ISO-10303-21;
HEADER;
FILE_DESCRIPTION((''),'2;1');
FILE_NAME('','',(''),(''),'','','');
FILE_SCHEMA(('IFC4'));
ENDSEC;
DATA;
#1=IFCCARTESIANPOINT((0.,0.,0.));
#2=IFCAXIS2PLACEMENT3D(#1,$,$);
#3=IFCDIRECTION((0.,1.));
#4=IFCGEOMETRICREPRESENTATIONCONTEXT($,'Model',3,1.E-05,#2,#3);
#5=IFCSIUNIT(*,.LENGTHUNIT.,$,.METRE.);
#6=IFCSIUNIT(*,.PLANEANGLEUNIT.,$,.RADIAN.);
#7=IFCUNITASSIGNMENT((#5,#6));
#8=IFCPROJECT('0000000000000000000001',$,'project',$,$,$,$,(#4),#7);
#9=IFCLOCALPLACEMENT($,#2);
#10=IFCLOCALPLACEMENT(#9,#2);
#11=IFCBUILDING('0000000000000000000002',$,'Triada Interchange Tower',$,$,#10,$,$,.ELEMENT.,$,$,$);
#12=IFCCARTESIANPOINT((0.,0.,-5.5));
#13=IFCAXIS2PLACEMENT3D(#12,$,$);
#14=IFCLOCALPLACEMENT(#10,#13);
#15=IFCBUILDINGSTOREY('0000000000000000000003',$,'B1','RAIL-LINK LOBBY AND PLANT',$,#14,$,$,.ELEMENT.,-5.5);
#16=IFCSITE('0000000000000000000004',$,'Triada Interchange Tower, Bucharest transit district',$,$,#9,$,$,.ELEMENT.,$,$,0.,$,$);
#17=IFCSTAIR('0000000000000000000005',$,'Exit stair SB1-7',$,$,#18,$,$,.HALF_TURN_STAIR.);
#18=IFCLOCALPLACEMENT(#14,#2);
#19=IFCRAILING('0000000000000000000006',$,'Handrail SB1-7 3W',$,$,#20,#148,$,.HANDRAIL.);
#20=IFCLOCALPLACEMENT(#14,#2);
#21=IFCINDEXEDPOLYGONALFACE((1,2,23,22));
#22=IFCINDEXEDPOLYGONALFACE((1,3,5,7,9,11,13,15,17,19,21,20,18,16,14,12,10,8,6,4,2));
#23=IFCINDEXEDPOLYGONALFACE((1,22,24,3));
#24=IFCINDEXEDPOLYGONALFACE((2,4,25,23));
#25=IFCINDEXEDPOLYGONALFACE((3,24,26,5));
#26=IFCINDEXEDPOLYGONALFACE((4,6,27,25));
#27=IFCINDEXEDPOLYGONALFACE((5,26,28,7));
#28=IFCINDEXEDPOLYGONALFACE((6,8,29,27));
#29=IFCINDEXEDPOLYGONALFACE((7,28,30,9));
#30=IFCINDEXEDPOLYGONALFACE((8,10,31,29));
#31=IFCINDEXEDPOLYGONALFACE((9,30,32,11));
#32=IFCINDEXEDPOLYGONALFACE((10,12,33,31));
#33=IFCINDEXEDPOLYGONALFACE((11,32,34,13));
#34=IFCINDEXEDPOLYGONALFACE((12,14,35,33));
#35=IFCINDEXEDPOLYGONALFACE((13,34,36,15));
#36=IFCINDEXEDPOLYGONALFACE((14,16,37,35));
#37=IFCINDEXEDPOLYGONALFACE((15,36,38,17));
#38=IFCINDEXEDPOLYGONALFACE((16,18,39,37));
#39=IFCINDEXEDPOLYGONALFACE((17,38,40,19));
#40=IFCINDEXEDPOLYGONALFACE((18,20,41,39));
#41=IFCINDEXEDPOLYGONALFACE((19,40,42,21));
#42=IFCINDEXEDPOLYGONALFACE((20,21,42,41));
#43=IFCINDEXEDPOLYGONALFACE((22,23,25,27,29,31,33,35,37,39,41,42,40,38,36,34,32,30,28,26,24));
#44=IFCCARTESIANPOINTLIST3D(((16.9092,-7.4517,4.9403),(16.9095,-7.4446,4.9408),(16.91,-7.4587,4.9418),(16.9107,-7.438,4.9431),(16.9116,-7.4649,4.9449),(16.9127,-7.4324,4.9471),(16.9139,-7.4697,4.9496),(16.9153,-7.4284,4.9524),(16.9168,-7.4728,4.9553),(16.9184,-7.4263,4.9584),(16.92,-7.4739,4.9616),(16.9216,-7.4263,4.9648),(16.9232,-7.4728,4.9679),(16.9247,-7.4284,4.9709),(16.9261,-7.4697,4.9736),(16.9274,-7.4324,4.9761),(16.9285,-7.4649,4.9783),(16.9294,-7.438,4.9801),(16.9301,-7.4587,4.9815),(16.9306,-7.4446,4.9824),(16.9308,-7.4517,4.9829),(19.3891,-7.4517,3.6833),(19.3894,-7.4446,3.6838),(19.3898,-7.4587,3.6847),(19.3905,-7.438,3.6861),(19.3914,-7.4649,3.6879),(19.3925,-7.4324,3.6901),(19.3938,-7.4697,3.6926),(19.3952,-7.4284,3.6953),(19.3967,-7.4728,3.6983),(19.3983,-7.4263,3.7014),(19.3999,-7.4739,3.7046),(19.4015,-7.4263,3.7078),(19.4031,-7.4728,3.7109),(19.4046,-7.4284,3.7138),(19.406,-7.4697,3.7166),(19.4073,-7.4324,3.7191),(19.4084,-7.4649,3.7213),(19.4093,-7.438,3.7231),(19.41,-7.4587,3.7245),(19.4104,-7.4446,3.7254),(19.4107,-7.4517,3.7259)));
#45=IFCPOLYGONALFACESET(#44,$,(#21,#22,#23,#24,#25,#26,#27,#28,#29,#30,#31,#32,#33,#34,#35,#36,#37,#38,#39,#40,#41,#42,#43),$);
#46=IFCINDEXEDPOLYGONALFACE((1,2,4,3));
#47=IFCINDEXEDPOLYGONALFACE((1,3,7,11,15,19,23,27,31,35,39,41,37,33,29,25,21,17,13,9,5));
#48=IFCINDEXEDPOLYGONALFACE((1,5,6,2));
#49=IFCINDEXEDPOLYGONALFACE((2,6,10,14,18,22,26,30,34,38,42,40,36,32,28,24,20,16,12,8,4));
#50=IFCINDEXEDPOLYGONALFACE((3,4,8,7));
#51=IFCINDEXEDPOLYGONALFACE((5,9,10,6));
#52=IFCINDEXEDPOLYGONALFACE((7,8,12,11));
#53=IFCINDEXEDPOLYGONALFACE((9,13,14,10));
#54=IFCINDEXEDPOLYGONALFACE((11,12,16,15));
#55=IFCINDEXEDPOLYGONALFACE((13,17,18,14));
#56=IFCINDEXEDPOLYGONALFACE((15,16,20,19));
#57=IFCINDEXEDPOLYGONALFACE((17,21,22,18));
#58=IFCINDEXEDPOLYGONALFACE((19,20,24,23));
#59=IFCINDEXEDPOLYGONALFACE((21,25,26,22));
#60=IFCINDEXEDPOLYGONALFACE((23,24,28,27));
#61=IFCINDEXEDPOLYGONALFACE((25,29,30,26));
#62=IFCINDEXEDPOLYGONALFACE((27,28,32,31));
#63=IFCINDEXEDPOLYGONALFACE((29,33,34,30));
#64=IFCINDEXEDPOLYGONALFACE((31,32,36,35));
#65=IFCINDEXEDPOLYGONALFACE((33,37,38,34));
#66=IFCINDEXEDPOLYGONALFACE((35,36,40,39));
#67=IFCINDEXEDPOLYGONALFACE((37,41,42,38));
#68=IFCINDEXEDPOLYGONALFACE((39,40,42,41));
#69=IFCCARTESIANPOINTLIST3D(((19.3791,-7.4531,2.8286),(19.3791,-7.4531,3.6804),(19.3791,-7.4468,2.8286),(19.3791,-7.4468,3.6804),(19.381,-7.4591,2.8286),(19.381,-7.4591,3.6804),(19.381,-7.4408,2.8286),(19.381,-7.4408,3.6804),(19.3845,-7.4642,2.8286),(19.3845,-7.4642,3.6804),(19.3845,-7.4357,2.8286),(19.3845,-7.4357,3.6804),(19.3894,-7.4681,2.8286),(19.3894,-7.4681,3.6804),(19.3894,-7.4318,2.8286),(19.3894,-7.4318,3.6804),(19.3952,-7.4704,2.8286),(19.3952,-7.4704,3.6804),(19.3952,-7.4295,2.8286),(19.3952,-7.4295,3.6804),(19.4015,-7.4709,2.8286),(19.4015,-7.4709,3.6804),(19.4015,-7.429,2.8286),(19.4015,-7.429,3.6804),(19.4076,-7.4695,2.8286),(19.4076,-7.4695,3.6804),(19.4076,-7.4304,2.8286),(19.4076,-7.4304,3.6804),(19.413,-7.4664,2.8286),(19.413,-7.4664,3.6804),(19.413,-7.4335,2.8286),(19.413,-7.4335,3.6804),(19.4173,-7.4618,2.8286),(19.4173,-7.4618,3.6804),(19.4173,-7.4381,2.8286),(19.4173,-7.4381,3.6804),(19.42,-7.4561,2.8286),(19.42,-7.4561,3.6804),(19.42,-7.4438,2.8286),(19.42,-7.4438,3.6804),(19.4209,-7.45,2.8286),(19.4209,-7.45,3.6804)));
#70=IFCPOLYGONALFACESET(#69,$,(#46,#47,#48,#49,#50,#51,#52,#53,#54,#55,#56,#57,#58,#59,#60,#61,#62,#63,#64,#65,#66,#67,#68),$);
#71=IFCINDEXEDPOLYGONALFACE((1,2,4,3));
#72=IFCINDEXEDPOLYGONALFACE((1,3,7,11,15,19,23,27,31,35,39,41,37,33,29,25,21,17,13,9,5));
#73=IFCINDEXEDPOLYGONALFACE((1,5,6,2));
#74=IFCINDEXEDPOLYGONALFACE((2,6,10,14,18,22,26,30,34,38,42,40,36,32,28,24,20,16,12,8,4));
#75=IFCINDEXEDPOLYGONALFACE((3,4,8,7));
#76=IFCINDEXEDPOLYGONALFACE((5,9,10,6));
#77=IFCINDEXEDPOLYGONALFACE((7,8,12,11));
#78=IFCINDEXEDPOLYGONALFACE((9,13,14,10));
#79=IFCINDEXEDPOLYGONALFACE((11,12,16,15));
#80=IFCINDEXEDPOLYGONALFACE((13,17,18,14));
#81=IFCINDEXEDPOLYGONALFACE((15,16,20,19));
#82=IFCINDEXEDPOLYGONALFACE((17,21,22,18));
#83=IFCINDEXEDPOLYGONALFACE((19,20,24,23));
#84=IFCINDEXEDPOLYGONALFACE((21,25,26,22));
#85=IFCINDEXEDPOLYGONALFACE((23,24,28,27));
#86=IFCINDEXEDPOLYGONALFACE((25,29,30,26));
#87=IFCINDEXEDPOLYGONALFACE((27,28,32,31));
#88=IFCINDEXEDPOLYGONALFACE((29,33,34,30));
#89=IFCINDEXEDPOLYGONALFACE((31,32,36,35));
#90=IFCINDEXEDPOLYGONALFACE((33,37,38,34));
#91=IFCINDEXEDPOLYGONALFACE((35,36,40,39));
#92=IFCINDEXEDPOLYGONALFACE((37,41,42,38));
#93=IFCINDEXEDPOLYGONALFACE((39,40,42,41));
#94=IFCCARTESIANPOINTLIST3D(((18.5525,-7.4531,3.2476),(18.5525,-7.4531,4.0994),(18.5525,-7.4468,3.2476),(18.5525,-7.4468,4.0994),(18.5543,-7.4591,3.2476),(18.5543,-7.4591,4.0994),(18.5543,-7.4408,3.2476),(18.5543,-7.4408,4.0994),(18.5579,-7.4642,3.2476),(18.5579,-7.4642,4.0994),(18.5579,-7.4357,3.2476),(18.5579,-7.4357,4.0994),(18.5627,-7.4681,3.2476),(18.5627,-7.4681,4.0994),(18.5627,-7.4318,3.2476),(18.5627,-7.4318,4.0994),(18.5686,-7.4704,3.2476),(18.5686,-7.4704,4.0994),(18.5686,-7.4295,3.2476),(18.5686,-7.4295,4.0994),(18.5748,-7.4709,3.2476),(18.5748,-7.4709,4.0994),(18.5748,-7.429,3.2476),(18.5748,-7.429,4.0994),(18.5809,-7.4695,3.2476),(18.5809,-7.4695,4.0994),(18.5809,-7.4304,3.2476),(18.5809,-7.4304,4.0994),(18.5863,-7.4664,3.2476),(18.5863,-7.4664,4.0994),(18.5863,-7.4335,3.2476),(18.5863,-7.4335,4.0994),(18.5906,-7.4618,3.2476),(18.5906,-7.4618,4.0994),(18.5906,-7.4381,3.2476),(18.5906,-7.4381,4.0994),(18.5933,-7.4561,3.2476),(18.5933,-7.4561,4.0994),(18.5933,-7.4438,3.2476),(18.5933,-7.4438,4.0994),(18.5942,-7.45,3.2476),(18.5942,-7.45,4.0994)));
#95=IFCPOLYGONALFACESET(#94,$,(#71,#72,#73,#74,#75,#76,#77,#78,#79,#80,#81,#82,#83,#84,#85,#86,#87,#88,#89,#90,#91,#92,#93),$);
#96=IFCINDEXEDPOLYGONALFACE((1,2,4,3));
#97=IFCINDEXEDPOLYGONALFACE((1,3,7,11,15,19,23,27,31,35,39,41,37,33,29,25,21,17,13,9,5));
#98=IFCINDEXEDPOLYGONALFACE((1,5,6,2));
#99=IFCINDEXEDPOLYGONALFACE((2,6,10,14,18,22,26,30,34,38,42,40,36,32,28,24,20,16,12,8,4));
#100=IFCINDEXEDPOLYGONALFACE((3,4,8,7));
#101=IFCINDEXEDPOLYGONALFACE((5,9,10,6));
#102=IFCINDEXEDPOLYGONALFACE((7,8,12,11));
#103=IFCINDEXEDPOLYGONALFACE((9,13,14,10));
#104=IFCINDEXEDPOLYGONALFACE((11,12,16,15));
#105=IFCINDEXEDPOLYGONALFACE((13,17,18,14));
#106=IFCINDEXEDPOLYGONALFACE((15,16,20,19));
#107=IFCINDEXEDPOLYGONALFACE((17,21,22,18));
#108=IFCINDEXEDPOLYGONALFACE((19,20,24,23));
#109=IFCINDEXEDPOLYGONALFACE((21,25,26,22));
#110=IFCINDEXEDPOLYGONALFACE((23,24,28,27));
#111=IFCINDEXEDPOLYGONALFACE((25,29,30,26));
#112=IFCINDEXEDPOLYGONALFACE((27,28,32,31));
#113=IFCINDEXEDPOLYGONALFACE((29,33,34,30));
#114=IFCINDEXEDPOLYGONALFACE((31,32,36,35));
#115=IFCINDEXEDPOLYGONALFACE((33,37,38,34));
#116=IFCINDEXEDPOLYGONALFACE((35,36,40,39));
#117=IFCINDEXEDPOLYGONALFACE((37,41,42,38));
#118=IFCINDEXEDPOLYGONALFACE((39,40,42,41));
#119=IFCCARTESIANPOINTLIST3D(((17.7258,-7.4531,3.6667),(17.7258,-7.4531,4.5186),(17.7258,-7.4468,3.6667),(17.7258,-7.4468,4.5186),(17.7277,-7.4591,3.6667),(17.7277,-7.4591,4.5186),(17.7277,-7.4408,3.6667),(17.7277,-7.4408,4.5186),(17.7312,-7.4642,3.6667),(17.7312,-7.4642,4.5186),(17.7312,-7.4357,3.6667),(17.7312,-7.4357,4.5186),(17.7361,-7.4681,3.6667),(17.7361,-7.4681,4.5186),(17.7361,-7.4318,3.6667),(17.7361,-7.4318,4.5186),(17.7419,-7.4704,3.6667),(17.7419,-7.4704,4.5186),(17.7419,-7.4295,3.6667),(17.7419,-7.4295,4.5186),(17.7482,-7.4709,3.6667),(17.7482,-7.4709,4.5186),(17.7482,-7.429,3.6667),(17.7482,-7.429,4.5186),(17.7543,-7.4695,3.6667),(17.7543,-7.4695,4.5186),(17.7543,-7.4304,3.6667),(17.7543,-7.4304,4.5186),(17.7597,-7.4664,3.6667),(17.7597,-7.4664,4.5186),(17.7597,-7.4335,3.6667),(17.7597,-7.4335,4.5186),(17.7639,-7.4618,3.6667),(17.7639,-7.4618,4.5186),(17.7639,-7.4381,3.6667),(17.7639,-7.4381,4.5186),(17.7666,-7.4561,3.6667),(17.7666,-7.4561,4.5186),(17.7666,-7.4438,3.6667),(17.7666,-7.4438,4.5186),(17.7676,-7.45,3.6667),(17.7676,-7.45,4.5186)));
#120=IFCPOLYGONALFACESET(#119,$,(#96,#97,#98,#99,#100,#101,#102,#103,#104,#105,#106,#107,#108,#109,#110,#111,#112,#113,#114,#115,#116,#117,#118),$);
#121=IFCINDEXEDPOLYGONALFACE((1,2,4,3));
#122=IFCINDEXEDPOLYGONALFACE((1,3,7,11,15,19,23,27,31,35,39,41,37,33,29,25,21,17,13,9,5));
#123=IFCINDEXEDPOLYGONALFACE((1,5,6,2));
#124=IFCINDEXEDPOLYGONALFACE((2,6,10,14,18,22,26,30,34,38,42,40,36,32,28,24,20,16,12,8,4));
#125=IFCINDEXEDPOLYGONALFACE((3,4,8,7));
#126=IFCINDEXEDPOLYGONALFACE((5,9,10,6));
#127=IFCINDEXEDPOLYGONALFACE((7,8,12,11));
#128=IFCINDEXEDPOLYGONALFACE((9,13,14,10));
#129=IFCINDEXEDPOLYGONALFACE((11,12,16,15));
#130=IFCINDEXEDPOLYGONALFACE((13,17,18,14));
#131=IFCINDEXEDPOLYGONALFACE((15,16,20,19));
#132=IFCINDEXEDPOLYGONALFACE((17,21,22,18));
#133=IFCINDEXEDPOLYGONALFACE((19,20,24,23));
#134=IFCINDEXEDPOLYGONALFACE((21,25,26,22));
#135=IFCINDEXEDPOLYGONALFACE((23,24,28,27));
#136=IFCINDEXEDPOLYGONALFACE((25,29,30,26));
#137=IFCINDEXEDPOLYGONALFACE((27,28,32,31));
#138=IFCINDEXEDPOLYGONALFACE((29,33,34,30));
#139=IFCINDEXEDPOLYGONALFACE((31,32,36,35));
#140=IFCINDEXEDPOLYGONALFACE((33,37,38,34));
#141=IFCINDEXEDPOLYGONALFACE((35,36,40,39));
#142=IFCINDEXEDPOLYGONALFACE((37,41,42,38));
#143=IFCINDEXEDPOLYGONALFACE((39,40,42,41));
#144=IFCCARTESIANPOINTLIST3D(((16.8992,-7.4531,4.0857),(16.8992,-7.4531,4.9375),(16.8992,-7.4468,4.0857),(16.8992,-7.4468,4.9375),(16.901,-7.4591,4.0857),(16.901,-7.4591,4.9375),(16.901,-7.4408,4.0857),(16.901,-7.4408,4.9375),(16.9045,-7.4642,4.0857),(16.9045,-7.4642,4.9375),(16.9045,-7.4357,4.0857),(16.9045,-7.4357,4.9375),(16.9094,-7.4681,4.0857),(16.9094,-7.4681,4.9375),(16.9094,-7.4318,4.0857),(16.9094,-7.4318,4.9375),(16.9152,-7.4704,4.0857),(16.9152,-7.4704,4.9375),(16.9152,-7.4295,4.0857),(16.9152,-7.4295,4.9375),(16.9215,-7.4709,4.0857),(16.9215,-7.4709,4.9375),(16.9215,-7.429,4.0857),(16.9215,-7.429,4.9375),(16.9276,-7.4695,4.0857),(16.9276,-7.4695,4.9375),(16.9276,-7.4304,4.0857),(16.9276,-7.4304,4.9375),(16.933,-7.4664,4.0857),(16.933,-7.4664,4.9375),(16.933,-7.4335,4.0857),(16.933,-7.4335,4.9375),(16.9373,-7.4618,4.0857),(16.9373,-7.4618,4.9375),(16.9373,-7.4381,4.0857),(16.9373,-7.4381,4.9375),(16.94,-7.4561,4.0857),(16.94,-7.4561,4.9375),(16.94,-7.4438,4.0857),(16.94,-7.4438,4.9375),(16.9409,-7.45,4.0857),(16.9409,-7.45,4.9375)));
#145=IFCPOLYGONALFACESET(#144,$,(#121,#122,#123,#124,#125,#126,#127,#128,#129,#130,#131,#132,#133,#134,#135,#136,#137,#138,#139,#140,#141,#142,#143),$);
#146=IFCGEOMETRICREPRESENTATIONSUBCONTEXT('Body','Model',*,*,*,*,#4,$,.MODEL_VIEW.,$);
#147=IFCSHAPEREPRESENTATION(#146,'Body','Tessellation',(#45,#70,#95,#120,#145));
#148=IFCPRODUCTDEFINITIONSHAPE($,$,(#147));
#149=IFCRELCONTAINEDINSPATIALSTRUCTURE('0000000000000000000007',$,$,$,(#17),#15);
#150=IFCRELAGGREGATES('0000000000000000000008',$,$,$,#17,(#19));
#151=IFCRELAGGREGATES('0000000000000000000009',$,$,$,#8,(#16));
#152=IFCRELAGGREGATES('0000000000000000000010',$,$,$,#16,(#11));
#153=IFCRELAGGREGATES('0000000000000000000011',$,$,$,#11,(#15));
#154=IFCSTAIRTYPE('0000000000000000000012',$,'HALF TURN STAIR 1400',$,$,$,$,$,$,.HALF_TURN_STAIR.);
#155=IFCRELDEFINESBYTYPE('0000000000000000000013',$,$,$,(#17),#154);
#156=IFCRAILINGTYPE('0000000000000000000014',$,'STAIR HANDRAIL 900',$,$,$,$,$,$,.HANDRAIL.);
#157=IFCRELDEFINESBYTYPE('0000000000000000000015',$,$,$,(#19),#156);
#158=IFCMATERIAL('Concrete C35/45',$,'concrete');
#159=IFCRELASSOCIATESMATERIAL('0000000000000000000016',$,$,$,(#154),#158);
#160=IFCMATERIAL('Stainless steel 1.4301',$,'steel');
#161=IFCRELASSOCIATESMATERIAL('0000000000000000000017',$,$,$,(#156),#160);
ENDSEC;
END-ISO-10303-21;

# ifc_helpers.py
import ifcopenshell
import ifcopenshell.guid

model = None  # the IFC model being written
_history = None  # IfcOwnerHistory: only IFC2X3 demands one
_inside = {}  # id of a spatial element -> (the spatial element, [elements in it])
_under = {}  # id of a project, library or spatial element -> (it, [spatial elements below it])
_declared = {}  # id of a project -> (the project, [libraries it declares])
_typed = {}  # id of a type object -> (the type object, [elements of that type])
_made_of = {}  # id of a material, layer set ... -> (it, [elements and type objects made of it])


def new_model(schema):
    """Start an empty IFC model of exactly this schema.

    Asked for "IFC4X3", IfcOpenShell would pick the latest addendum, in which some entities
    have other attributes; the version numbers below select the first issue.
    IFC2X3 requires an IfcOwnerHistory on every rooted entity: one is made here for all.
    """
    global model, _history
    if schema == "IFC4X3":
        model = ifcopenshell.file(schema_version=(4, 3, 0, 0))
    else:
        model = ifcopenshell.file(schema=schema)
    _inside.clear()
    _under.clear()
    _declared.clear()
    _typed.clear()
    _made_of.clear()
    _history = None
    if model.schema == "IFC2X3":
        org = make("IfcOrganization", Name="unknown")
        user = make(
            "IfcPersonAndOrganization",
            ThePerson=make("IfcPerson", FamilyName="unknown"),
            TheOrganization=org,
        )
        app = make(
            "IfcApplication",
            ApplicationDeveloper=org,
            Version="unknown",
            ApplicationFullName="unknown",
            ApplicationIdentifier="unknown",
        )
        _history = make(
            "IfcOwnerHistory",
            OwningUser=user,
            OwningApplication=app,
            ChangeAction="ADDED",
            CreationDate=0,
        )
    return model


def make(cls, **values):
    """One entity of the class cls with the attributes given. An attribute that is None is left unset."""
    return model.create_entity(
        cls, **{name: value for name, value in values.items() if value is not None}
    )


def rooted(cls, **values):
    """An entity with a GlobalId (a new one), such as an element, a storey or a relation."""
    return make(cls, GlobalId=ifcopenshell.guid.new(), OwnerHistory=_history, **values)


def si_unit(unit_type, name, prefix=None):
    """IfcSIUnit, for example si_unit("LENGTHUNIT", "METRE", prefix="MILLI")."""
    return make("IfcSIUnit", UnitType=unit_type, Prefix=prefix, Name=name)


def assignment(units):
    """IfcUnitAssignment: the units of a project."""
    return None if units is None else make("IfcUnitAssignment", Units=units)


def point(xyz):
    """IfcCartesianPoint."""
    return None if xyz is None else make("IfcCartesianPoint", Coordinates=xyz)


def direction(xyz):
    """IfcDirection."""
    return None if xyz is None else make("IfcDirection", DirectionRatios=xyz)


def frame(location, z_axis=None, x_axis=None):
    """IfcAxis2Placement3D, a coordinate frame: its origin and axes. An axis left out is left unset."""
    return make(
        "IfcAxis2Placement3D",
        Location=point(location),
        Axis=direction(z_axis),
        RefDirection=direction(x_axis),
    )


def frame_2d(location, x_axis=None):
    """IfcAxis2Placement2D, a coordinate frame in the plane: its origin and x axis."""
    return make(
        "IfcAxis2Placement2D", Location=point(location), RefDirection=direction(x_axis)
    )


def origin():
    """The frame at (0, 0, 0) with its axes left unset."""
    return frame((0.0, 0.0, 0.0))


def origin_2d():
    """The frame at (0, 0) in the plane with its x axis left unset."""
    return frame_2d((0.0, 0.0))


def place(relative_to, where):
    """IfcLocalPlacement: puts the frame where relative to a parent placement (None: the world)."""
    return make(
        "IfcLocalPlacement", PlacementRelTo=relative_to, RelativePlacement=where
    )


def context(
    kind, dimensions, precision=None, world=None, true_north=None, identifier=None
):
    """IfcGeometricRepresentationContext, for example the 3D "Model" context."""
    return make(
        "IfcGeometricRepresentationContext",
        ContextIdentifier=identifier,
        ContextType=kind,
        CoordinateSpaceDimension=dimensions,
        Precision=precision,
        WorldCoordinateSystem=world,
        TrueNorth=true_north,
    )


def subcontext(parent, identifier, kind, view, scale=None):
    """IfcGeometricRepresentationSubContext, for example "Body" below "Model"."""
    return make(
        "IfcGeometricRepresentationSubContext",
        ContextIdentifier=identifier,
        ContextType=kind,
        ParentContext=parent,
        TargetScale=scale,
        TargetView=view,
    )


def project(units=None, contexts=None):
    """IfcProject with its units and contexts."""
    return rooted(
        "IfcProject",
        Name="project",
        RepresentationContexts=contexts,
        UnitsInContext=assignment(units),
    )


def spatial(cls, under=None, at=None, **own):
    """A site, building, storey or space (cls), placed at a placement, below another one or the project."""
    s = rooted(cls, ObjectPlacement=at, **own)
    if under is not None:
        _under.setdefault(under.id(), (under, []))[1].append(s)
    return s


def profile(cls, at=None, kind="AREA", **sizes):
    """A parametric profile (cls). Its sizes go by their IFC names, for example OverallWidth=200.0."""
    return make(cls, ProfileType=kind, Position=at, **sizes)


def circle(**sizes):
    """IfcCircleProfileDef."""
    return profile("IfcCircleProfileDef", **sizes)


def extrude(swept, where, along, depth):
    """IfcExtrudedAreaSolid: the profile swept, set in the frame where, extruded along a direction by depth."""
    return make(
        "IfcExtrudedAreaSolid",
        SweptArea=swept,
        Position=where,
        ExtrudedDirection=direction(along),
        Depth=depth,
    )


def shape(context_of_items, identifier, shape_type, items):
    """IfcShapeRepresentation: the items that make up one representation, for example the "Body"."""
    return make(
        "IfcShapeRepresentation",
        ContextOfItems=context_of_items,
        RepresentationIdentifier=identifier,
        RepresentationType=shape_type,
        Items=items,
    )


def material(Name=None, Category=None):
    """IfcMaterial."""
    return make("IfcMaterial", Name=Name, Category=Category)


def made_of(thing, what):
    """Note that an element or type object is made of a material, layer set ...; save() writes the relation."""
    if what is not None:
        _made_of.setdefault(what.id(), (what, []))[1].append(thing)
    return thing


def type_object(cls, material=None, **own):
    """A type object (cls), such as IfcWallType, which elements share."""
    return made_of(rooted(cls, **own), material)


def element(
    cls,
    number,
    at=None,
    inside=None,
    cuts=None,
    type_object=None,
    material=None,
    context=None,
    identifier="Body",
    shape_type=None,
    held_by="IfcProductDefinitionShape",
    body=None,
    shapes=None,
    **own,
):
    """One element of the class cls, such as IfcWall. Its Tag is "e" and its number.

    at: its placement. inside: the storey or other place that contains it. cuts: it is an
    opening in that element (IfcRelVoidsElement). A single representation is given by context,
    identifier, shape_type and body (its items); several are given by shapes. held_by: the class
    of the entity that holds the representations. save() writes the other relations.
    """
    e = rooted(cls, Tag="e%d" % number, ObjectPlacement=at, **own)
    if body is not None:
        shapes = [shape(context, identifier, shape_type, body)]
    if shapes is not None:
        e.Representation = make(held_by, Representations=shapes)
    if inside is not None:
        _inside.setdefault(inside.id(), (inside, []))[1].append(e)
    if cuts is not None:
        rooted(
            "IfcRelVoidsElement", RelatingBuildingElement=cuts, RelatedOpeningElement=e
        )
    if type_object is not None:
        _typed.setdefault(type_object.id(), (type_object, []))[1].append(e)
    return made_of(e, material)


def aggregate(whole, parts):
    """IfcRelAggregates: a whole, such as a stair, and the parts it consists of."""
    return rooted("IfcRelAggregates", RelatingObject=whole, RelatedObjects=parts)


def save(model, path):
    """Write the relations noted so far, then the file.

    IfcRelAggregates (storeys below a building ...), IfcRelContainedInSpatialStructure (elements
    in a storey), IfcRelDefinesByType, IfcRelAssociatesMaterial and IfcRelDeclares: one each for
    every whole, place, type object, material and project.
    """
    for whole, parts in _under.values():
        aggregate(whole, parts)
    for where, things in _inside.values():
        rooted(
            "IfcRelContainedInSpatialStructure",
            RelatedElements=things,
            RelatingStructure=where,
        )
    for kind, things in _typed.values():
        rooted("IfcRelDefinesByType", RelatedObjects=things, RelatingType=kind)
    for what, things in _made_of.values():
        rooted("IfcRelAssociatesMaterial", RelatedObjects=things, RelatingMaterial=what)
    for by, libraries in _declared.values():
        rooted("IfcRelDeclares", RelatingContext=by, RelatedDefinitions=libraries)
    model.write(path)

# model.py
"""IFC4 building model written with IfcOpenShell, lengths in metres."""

from ifc_helpers import new_model, si_unit, direction, frame, origin, origin_2d, place, context, subcontext, project, spatial, circle, extrude, material, type_object, element, aggregate, save


model = new_model("IFC4")

# Units and contexts
model_context = context("Model", 3, precision=1e-05, world=origin(), true_north=direction((0.0, 1.0)))
body_context = subcontext(model_context, "Body", "Model", "MODEL_VIEW")
ifc_project = project(units=[si_unit("LENGTHUNIT", "METRE"), si_unit("PLANEANGLEUNIT", "RADIAN")], contexts=[model_context])

# Site, building, storey
site_placement = place(None, origin())
site = spatial("IfcSite", under=ifc_project, at=site_placement, Name="Triada Interchange Tower, Bucharest transit district", CompositionType="ELEMENT", RefElevation=0.0)
building_placement = place(site_placement, origin())
building = spatial("IfcBuilding", under=site, at=building_placement, Name="Triada Interchange Tower", CompositionType="ELEMENT")
storey_placement = place(building_placement, frame((0.0, 0.0, -5.5)))
storey = spatial("IfcBuildingStorey", under=building, at=storey_placement, Name="B1", Description="RAIL-LINK LOBBY AND PLANT", CompositionType="ELEMENT", Elevation=-5.5)

# Shared definitions
ifc_material_1 = material(Name="Concrete C35/45", Category="concrete")

# Stair, railing
stair_type = type_object("IfcStairType", Name="HALF TURN STAIR 1400", PredefinedType="HALF_TURN_STAIR", material=ifc_material_1)
stair_placement = place(storey_placement, origin())
stair = element("IfcStair", 1, at=stair_placement, inside=storey, type_object=stair_type, Name="Exit stair SB1-7", PredefinedType="HALF_TURN_STAIR")
ifc_material_2 = material(Name="Stainless steel 1.4301", Category="steel")
railing_type_1 = type_object("IfcRailingType", Name="STAIR HANDRAIL 900", PredefinedType="HANDRAIL", material=ifc_material_2)
railing_1_placement = place(storey_placement, frame((19.3999, -7.45, 2.8286)))
railing_1 = element("IfcRailing", 2, at=railing_1_placement, type_object=railing_type_1, Name="Handrail SB1-7 3W", PredefinedType="HANDRAIL", context=body_context, shape_type="SweptSolid", body=[
    extrude(circle(Radius=0.0239, at=origin_2d()), frame((0.0, 0.0, 0.876), z_axis=(-0.891955, 0.0, 0.452124), x_axis=(0.0, -1.0, 0.0)), (0.0, 0.0, 1.0), 2.7803),
    extrude(circle(Radius=0.021, at=origin_2d()), origin(), (0.0, 0.0, 1.0), 0.8518),
    extrude(circle(Radius=0.021, at=origin_2d()), frame((-0.8267, 0.0, 0.4189)), (0.0, 0.0, 1.0), 0.8518),
    extrude(circle(Radius=0.021, at=origin_2d()), frame((-1.6533, 0.0, 0.8381)), (0.0, 0.0, 1.0), 0.8518),
    extrude(circle(Radius=0.021, at=origin_2d()), frame((-2.48, 0.0, 1.2571)), (0.0, 0.0, 1.0), 0.8518),
])
aggregate(stair, [railing_1])

save(model, "model.ifc")
